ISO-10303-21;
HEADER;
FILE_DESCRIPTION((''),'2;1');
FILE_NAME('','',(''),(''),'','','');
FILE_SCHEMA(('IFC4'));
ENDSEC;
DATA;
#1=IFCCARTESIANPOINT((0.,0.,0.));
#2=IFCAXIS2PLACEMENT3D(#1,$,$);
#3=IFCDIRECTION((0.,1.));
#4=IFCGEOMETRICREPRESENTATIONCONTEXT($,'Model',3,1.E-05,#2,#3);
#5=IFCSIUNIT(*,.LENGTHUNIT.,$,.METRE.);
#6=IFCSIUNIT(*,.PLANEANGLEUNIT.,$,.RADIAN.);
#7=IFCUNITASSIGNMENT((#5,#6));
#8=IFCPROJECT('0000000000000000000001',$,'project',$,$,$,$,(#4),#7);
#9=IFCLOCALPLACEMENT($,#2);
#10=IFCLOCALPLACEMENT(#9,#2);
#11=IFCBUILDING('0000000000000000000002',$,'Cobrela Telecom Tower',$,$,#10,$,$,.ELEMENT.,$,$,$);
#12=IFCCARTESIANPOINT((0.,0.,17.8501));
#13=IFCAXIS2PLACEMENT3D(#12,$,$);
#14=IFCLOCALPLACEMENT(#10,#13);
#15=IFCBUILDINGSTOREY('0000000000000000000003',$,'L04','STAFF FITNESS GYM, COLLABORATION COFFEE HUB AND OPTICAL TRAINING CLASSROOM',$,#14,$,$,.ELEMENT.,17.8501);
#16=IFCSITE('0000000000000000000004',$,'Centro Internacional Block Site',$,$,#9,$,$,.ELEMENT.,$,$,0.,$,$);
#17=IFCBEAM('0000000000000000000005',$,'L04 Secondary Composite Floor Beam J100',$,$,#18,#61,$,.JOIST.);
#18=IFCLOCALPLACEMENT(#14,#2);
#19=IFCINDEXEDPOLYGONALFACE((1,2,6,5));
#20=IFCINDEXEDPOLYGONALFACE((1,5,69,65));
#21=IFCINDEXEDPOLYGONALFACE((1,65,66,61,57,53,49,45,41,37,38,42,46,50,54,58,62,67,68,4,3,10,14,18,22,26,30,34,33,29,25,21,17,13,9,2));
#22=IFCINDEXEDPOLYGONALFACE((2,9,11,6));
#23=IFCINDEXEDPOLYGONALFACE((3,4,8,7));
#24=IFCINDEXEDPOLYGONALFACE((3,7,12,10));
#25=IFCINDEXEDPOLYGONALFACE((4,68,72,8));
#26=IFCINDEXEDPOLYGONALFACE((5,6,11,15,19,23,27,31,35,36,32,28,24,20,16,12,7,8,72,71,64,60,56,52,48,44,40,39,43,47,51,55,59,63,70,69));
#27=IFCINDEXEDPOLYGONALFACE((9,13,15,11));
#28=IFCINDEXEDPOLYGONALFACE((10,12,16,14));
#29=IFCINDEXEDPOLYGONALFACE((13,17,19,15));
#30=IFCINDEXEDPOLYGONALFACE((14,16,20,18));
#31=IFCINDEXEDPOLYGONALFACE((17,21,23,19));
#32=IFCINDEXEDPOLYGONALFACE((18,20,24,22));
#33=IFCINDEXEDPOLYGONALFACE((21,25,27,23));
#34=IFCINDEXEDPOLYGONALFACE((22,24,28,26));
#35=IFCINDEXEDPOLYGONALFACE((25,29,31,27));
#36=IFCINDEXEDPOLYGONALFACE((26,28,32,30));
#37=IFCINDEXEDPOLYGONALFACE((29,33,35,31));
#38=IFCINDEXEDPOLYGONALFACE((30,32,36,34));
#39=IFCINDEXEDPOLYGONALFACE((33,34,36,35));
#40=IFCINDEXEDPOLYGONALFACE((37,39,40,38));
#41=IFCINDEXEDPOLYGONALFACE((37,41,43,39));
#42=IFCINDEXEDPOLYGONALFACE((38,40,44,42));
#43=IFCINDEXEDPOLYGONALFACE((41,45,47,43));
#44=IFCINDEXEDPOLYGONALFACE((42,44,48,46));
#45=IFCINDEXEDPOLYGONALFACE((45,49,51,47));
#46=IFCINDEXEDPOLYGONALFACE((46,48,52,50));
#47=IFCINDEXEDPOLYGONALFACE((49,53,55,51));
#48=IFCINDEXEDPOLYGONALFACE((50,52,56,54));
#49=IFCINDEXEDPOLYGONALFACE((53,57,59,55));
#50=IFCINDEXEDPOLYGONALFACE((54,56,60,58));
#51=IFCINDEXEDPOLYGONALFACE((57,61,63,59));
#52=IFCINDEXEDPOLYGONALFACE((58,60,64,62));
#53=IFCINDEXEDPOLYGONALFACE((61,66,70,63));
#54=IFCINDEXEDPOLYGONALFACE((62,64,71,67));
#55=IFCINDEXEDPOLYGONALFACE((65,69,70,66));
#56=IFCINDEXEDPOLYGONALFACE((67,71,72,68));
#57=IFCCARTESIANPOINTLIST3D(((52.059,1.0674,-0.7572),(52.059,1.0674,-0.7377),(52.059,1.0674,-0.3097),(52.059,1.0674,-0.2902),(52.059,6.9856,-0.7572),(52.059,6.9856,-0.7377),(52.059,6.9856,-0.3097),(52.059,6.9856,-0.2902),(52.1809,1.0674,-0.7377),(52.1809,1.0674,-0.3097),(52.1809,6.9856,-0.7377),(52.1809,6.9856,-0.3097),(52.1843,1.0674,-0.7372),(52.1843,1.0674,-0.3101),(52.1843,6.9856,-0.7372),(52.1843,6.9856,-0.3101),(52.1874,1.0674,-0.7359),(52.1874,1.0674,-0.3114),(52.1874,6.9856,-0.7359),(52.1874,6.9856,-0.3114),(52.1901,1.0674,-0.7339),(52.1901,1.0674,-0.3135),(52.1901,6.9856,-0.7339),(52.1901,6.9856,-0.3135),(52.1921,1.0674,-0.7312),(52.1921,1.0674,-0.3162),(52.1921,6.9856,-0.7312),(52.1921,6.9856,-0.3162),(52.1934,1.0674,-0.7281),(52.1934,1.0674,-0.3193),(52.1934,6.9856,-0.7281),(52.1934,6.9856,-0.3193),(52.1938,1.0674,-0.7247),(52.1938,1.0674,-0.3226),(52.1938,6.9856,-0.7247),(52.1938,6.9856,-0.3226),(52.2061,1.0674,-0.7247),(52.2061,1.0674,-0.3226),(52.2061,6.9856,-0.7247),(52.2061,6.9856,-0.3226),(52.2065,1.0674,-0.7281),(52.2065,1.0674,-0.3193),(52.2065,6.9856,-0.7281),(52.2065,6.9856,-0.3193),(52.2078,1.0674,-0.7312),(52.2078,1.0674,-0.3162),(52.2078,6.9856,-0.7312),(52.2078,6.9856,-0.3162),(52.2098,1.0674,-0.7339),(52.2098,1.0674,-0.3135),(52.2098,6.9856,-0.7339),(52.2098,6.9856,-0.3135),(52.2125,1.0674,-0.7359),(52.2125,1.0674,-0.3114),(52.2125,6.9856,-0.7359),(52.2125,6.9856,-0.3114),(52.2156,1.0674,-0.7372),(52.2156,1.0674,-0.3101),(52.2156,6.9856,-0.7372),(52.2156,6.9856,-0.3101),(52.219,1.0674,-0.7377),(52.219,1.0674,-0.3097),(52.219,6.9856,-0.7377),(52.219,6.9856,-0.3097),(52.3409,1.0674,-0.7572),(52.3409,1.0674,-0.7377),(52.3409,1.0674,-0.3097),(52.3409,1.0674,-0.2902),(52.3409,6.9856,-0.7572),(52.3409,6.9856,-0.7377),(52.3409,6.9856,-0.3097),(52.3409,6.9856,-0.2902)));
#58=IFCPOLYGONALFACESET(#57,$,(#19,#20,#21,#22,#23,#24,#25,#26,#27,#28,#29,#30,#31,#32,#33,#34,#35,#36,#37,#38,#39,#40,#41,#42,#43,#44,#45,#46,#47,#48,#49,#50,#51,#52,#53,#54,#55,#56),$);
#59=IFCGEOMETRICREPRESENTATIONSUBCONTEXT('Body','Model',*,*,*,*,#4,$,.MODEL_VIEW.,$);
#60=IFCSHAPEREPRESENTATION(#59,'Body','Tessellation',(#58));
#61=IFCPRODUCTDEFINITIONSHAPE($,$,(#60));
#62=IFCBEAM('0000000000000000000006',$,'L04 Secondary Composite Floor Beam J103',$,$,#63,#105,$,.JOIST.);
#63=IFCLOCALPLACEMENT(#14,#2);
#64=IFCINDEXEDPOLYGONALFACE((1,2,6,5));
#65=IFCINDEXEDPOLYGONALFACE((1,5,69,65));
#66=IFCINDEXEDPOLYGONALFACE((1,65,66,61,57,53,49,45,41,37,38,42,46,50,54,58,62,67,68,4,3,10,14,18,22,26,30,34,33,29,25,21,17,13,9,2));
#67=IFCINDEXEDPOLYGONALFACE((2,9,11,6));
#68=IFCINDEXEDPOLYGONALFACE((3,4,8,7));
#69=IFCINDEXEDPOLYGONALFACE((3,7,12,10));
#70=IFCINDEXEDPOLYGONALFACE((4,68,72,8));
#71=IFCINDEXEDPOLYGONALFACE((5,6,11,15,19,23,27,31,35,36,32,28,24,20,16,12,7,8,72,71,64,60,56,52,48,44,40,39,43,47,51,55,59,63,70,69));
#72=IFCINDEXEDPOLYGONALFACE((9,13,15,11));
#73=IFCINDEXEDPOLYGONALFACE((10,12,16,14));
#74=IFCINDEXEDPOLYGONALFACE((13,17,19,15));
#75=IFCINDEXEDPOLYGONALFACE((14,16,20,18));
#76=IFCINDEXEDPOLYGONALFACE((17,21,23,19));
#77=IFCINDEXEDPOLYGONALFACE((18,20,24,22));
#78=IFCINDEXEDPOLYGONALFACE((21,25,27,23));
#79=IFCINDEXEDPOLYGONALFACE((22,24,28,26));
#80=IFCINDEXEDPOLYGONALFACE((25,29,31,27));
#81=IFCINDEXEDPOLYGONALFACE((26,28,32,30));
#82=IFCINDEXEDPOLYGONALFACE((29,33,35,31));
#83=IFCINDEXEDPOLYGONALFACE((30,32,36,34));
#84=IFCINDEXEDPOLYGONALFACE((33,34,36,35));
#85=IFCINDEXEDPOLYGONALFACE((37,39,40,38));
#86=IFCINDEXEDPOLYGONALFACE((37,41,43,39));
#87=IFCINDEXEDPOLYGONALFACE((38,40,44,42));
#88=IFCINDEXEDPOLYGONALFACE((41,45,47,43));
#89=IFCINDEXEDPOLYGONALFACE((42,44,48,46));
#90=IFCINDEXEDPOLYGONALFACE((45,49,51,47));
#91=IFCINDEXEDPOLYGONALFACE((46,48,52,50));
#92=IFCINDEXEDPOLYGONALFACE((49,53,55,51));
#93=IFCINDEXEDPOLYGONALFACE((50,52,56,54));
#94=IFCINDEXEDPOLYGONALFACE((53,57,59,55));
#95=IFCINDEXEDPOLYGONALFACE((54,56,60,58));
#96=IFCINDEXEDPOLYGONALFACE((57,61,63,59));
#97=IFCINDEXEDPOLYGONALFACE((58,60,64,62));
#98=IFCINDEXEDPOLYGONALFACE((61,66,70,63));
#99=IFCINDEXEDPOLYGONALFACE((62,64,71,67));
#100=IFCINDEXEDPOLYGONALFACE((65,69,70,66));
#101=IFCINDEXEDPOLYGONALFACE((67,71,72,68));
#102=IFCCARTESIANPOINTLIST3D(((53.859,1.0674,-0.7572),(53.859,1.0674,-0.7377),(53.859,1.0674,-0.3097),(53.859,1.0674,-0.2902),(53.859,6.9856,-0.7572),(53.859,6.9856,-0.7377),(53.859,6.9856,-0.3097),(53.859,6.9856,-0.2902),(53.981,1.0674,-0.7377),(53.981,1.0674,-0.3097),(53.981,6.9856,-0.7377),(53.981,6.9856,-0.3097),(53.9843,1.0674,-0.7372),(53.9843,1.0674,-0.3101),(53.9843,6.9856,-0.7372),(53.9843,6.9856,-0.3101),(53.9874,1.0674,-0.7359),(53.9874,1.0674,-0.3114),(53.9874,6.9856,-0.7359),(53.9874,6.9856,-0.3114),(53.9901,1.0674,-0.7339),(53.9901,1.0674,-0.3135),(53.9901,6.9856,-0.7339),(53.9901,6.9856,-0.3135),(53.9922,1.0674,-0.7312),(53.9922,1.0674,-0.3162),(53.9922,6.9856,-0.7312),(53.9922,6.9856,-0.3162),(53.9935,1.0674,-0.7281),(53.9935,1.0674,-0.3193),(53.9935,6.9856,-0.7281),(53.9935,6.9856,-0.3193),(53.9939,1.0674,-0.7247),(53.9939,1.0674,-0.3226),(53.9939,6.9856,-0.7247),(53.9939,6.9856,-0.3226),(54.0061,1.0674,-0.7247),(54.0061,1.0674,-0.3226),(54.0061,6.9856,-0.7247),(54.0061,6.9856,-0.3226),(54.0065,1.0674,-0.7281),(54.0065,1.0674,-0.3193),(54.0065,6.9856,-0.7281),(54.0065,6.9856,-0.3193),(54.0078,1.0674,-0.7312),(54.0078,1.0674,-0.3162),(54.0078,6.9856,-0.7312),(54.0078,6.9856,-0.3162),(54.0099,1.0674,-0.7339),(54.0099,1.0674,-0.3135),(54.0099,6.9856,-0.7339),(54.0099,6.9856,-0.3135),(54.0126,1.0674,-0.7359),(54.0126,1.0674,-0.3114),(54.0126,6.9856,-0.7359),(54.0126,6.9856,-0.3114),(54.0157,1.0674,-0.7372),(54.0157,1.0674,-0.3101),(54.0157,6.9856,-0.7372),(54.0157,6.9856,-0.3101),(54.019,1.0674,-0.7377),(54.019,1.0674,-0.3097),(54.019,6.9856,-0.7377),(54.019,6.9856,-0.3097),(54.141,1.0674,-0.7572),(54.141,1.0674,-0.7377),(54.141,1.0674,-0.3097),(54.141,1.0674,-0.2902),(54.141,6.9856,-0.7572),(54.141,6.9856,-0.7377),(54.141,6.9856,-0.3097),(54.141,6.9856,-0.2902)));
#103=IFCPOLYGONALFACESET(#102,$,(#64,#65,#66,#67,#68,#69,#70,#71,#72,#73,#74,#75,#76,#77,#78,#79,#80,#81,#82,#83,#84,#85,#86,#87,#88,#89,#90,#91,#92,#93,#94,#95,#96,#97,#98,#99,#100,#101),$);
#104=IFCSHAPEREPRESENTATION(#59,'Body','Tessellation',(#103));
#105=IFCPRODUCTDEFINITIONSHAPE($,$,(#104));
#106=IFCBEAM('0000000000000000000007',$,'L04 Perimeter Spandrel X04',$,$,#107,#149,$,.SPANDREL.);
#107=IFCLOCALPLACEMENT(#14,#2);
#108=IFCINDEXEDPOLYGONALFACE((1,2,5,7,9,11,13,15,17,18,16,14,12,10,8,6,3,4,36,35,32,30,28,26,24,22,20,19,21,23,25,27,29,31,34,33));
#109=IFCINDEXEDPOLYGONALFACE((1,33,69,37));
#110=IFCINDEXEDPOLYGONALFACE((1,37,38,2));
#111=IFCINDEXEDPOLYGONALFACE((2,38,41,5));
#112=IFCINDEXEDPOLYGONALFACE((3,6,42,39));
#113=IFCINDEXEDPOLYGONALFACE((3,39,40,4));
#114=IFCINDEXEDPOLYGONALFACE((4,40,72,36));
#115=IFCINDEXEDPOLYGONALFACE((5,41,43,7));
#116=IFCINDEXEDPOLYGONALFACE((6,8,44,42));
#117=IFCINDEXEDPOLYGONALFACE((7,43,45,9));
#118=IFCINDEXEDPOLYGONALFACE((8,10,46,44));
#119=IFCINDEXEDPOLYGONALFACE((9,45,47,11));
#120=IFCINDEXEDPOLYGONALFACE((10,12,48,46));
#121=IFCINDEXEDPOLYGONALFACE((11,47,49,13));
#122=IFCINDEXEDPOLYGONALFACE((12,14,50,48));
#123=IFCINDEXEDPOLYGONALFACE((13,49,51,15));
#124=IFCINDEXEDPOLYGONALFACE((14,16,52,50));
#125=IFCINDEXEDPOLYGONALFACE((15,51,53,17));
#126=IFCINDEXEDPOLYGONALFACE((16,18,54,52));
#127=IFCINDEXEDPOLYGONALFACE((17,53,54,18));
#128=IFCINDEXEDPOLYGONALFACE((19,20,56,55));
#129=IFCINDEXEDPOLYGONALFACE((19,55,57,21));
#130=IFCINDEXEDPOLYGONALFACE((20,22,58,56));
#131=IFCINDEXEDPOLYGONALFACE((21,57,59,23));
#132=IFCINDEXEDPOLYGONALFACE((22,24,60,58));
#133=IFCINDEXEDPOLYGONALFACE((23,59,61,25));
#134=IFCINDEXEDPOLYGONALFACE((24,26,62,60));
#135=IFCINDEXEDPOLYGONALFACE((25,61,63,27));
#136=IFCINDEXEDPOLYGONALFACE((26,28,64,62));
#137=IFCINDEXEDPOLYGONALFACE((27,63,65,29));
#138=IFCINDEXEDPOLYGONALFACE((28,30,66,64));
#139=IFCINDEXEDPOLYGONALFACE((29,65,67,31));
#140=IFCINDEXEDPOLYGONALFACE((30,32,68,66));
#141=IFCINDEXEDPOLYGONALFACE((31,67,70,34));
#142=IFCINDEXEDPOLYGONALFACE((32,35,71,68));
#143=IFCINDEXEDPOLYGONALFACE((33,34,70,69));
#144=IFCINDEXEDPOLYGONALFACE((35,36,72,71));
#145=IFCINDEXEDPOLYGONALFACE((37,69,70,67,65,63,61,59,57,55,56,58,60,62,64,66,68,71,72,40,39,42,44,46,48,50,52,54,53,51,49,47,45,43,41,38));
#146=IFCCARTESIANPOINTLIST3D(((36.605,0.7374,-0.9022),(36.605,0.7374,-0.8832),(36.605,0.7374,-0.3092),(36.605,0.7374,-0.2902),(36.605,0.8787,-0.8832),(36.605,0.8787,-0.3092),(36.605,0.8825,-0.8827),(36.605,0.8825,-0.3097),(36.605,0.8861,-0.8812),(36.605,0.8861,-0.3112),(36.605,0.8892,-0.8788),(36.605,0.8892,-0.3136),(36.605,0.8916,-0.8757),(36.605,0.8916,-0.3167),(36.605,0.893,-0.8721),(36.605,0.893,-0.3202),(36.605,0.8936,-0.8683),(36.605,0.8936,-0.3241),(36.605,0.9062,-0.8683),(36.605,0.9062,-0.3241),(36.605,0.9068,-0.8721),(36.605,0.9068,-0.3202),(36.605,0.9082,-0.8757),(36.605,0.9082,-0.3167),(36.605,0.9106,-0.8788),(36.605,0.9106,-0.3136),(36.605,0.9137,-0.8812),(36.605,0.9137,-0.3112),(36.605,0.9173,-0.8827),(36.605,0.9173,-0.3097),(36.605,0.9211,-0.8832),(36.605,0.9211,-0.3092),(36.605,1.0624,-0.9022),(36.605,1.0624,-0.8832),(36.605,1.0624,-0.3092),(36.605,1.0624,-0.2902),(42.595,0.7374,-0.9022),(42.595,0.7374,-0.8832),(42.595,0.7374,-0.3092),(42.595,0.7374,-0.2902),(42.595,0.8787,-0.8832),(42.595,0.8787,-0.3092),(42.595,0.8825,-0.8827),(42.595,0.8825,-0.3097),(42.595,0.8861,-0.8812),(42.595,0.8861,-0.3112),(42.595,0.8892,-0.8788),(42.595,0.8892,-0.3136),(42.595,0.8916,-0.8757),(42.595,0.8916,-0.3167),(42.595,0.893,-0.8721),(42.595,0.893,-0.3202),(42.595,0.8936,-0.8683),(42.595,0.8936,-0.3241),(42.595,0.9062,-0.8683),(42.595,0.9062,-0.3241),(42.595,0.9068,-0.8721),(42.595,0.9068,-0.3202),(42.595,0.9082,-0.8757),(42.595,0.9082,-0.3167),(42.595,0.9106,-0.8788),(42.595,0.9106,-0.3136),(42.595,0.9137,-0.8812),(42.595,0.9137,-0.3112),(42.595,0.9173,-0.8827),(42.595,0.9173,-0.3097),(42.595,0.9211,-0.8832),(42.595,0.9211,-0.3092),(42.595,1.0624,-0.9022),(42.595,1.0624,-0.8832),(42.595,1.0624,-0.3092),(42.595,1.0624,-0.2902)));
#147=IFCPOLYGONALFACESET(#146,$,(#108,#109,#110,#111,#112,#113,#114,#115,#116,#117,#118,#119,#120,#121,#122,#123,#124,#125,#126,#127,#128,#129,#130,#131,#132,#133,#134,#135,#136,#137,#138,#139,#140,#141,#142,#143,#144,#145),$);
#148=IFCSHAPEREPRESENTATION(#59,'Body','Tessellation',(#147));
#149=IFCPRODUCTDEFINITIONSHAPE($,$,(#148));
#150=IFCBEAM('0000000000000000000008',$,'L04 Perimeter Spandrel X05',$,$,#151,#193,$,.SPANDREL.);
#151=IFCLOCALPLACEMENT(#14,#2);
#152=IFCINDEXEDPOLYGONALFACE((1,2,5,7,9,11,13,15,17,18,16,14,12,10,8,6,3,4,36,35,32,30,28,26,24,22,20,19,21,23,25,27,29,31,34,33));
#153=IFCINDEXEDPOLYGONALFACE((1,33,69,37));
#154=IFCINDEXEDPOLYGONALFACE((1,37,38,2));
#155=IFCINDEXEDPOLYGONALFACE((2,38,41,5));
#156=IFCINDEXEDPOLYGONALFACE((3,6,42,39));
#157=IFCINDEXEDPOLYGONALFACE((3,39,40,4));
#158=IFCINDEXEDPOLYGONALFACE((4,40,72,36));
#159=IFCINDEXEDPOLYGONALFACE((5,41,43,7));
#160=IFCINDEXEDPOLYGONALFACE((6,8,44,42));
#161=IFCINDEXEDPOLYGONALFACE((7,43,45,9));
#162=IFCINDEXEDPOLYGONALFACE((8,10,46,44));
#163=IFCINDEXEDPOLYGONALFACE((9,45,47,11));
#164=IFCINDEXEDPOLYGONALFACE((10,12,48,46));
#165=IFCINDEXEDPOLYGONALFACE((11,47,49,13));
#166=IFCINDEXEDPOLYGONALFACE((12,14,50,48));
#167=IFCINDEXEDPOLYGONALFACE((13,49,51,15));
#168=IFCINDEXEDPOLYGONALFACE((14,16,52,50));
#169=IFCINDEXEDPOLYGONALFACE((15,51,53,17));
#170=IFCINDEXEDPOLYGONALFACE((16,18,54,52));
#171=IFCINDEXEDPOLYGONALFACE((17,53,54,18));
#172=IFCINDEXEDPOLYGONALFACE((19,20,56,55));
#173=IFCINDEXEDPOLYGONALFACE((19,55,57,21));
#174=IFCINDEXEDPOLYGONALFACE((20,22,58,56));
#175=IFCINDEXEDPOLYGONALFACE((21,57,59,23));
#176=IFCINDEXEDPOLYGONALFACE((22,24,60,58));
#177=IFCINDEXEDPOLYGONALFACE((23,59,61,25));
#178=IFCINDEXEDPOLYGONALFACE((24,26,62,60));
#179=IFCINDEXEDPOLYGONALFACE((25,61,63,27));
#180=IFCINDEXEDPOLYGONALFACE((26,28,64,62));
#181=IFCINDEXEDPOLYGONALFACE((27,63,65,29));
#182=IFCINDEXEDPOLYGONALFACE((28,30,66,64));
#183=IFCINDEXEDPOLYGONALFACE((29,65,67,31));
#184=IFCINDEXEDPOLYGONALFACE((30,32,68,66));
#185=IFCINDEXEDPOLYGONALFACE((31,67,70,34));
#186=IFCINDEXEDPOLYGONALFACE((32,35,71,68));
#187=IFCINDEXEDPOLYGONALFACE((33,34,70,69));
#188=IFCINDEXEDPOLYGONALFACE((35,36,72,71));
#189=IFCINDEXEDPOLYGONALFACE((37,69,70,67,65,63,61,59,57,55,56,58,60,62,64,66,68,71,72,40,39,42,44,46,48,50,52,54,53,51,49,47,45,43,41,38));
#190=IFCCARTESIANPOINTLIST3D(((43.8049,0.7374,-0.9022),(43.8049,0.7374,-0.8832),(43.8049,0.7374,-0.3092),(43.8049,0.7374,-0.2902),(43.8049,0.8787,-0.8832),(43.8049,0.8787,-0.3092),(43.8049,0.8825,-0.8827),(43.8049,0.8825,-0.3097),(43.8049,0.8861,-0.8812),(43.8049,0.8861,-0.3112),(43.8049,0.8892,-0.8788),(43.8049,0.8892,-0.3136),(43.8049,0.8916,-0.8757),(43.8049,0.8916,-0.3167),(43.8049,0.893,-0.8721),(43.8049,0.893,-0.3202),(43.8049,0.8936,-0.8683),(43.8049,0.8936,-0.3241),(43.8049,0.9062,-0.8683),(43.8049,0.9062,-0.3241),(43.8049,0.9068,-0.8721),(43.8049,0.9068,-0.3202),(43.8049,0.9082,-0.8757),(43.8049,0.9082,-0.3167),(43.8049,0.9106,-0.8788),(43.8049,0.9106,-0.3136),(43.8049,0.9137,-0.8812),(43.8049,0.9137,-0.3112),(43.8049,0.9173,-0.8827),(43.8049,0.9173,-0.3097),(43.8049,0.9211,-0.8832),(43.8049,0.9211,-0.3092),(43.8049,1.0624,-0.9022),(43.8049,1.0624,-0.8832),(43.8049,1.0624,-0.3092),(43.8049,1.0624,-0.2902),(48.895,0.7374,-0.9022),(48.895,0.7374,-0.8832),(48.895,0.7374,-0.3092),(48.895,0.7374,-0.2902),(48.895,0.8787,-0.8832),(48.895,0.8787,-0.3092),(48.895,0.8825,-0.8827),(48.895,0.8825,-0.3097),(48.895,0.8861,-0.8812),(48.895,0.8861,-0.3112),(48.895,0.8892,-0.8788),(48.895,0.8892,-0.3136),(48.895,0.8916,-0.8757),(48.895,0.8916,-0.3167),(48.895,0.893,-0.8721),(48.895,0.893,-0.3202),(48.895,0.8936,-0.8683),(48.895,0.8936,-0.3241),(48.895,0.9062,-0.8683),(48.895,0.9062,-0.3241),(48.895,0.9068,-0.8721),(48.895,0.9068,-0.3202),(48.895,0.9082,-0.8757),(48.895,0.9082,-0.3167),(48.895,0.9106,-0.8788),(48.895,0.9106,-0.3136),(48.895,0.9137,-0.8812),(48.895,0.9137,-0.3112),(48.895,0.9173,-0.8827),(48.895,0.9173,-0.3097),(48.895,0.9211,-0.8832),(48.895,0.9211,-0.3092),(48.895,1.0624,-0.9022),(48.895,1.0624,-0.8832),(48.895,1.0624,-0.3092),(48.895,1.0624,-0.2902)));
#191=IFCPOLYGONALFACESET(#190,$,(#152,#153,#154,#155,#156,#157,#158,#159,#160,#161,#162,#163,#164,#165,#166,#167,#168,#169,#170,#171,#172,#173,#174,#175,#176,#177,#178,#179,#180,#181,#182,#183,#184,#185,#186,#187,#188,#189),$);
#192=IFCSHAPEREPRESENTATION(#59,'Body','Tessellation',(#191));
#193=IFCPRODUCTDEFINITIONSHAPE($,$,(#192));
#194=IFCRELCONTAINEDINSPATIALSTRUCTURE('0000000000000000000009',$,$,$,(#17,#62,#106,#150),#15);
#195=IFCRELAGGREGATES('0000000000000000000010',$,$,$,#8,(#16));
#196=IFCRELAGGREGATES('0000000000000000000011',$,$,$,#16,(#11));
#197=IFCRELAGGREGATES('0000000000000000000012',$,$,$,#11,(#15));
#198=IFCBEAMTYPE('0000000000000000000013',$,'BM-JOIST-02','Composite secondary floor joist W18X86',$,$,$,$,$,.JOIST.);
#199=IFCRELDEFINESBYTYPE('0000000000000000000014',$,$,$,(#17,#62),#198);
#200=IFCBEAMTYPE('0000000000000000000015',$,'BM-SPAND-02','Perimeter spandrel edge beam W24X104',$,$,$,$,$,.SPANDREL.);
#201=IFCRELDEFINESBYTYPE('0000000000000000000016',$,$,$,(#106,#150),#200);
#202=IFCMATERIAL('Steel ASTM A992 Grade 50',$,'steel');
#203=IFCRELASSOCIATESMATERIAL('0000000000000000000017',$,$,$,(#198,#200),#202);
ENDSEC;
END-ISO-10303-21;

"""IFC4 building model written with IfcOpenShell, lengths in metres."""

from ifc_helpers import new_model, si_unit, direction, frame, origin, origin_2d, place, context, subcontext, project, spatial, i_section, extrude, material, material_profile, profile_set, type_object, element, save


model = new_model("IFC4")

# Units and contexts
model_context = context("Model", 3, precision=1e-05, world=origin(), true_north=direction((0.0, 1.0)))
body_context = subcontext(model_context, "Body", "Model", "MODEL_VIEW")
ifc_project = project(units=[si_unit("LENGTHUNIT", "METRE"), si_unit("PLANEANGLEUNIT", "RADIAN")], contexts=[model_context])

# Site, building, storey
site_placement = place(None, origin())
site = spatial("IfcSite", under=ifc_project, at=site_placement, Name="Centro Internacional Block Site", CompositionType="ELEMENT", RefElevation=0.0)
building_placement = place(site_placement, origin())
building = spatial("IfcBuilding", under=site, at=building_placement, Name="Cobrela Telecom Tower", CompositionType="ELEMENT")
storey_placement = place(building_placement, frame((0.0, 0.0, 17.8501)))
storey = spatial("IfcBuildingStorey", under=building, at=storey_placement, Name="L04", Description="STAFF FITNESS GYM, COLLABORATION COFFEE HUB AND OPTICAL TRAINING CLASSROOM", CompositionType="ELEMENT", Elevation=17.8501)

# Beams
ifc_material_1 = material(Name="Steel ASTM A992 Grade 50", Category="steel")
ifc_material_profile_1 = material_profile(ifc_material_1, i_section(OverallWidth=0.282, OverallDepth=0.467, WebThickness=0.0122, FlangeThickness=0.0195, FilletRadius=0.0129, at=origin_2d()), Name="W18X86")
ifc_profile_set_1 = profile_set([ifc_material_profile_1], Name="Steel ASTM A992 Grade 50")
beam_type_1 = type_object("IfcBeamType", Name="BM-JOIST-02", Description="Composite secondary floor joist W18X86", PredefinedType="JOIST", material=ifc_profile_set_1)
for number, where, z_axis, x_axis, name in (
    (1, (52.2, 1.0674, -0.5237), (0.0, 1.0, 0.0), (-1.0, 0.0, 0.0), "L04 Secondary Composite Floor Beam J100"),
    (2, (54.0, 1.0674, -0.5237), (0.0, 1.0, 0.0), (-1.0, 0.0, 0.0), "L04 Secondary Composite Floor Beam J103"),
):
    element("IfcBeam", number, at=place(storey_placement, frame(where, z_axis=z_axis, x_axis=x_axis)), inside=storey, type_object=beam_type_1, Name=name, PredefinedType="JOIST", context=body_context, shape_type="SweptSolid", body=[
        extrude(i_section(OverallWidth=0.282, OverallDepth=0.467, WebThickness=0.0122, FlangeThickness=0.0195, FilletRadius=0.0129, at=origin_2d()), origin(), (0.0, 0.0, 1.0), 5.9182),
    ])
ifc_material_profile_2 = material_profile(ifc_material_1, i_section(OverallWidth=0.325, OverallDepth=0.6121, WebThickness=0.0127, FlangeThickness=0.019, FilletRadius=0.0149, at=origin_2d()), Name="W24X104")
ifc_profile_set_2 = profile_set([ifc_material_profile_2], Name="Steel ASTM A992 Grade 50")
beam_type_2 = type_object("IfcBeamType", Name="BM-SPAND-02", Description="Perimeter spandrel edge beam W24X104", PredefinedType="SPANDREL", material=ifc_profile_set_2)
beam_1_placement = place(storey_placement, frame((36.605, 0.8999, -0.5962), z_axis=(1.0, 0.0, 0.0), x_axis=(0.0, 1.0, 0.0)))
element("IfcBeam", 3, at=beam_1_placement, inside=storey, type_object=beam_type_2, Name="L04 Perimeter Spandrel X04", PredefinedType="SPANDREL", context=body_context, shape_type="SweptSolid", body=[
    extrude(i_section(OverallWidth=0.325, OverallDepth=0.6121, WebThickness=0.0127, FlangeThickness=0.019, FilletRadius=0.0149, at=origin_2d()), origin(), (0.0, 0.0, 1.0), 5.99),
])
beam_2_placement = place(storey_placement, frame((43.8049, 0.8999, -0.5962), z_axis=(1.0, 0.0, 0.0), x_axis=(0.0, 1.0, 0.0)))
element("IfcBeam", 4, at=beam_2_placement, inside=storey, type_object=beam_type_2, Name="L04 Perimeter Spandrel X05", PredefinedType="SPANDREL", context=body_context, shape_type="SweptSolid", body=[
    extrude(i_section(OverallWidth=0.325, OverallDepth=0.6121, WebThickness=0.0127, FlangeThickness=0.019, FilletRadius=0.0149, at=origin_2d()), origin(), (0.0, 0.0, 1.0), 5.0901),
])

save(model, "model.ifc")
